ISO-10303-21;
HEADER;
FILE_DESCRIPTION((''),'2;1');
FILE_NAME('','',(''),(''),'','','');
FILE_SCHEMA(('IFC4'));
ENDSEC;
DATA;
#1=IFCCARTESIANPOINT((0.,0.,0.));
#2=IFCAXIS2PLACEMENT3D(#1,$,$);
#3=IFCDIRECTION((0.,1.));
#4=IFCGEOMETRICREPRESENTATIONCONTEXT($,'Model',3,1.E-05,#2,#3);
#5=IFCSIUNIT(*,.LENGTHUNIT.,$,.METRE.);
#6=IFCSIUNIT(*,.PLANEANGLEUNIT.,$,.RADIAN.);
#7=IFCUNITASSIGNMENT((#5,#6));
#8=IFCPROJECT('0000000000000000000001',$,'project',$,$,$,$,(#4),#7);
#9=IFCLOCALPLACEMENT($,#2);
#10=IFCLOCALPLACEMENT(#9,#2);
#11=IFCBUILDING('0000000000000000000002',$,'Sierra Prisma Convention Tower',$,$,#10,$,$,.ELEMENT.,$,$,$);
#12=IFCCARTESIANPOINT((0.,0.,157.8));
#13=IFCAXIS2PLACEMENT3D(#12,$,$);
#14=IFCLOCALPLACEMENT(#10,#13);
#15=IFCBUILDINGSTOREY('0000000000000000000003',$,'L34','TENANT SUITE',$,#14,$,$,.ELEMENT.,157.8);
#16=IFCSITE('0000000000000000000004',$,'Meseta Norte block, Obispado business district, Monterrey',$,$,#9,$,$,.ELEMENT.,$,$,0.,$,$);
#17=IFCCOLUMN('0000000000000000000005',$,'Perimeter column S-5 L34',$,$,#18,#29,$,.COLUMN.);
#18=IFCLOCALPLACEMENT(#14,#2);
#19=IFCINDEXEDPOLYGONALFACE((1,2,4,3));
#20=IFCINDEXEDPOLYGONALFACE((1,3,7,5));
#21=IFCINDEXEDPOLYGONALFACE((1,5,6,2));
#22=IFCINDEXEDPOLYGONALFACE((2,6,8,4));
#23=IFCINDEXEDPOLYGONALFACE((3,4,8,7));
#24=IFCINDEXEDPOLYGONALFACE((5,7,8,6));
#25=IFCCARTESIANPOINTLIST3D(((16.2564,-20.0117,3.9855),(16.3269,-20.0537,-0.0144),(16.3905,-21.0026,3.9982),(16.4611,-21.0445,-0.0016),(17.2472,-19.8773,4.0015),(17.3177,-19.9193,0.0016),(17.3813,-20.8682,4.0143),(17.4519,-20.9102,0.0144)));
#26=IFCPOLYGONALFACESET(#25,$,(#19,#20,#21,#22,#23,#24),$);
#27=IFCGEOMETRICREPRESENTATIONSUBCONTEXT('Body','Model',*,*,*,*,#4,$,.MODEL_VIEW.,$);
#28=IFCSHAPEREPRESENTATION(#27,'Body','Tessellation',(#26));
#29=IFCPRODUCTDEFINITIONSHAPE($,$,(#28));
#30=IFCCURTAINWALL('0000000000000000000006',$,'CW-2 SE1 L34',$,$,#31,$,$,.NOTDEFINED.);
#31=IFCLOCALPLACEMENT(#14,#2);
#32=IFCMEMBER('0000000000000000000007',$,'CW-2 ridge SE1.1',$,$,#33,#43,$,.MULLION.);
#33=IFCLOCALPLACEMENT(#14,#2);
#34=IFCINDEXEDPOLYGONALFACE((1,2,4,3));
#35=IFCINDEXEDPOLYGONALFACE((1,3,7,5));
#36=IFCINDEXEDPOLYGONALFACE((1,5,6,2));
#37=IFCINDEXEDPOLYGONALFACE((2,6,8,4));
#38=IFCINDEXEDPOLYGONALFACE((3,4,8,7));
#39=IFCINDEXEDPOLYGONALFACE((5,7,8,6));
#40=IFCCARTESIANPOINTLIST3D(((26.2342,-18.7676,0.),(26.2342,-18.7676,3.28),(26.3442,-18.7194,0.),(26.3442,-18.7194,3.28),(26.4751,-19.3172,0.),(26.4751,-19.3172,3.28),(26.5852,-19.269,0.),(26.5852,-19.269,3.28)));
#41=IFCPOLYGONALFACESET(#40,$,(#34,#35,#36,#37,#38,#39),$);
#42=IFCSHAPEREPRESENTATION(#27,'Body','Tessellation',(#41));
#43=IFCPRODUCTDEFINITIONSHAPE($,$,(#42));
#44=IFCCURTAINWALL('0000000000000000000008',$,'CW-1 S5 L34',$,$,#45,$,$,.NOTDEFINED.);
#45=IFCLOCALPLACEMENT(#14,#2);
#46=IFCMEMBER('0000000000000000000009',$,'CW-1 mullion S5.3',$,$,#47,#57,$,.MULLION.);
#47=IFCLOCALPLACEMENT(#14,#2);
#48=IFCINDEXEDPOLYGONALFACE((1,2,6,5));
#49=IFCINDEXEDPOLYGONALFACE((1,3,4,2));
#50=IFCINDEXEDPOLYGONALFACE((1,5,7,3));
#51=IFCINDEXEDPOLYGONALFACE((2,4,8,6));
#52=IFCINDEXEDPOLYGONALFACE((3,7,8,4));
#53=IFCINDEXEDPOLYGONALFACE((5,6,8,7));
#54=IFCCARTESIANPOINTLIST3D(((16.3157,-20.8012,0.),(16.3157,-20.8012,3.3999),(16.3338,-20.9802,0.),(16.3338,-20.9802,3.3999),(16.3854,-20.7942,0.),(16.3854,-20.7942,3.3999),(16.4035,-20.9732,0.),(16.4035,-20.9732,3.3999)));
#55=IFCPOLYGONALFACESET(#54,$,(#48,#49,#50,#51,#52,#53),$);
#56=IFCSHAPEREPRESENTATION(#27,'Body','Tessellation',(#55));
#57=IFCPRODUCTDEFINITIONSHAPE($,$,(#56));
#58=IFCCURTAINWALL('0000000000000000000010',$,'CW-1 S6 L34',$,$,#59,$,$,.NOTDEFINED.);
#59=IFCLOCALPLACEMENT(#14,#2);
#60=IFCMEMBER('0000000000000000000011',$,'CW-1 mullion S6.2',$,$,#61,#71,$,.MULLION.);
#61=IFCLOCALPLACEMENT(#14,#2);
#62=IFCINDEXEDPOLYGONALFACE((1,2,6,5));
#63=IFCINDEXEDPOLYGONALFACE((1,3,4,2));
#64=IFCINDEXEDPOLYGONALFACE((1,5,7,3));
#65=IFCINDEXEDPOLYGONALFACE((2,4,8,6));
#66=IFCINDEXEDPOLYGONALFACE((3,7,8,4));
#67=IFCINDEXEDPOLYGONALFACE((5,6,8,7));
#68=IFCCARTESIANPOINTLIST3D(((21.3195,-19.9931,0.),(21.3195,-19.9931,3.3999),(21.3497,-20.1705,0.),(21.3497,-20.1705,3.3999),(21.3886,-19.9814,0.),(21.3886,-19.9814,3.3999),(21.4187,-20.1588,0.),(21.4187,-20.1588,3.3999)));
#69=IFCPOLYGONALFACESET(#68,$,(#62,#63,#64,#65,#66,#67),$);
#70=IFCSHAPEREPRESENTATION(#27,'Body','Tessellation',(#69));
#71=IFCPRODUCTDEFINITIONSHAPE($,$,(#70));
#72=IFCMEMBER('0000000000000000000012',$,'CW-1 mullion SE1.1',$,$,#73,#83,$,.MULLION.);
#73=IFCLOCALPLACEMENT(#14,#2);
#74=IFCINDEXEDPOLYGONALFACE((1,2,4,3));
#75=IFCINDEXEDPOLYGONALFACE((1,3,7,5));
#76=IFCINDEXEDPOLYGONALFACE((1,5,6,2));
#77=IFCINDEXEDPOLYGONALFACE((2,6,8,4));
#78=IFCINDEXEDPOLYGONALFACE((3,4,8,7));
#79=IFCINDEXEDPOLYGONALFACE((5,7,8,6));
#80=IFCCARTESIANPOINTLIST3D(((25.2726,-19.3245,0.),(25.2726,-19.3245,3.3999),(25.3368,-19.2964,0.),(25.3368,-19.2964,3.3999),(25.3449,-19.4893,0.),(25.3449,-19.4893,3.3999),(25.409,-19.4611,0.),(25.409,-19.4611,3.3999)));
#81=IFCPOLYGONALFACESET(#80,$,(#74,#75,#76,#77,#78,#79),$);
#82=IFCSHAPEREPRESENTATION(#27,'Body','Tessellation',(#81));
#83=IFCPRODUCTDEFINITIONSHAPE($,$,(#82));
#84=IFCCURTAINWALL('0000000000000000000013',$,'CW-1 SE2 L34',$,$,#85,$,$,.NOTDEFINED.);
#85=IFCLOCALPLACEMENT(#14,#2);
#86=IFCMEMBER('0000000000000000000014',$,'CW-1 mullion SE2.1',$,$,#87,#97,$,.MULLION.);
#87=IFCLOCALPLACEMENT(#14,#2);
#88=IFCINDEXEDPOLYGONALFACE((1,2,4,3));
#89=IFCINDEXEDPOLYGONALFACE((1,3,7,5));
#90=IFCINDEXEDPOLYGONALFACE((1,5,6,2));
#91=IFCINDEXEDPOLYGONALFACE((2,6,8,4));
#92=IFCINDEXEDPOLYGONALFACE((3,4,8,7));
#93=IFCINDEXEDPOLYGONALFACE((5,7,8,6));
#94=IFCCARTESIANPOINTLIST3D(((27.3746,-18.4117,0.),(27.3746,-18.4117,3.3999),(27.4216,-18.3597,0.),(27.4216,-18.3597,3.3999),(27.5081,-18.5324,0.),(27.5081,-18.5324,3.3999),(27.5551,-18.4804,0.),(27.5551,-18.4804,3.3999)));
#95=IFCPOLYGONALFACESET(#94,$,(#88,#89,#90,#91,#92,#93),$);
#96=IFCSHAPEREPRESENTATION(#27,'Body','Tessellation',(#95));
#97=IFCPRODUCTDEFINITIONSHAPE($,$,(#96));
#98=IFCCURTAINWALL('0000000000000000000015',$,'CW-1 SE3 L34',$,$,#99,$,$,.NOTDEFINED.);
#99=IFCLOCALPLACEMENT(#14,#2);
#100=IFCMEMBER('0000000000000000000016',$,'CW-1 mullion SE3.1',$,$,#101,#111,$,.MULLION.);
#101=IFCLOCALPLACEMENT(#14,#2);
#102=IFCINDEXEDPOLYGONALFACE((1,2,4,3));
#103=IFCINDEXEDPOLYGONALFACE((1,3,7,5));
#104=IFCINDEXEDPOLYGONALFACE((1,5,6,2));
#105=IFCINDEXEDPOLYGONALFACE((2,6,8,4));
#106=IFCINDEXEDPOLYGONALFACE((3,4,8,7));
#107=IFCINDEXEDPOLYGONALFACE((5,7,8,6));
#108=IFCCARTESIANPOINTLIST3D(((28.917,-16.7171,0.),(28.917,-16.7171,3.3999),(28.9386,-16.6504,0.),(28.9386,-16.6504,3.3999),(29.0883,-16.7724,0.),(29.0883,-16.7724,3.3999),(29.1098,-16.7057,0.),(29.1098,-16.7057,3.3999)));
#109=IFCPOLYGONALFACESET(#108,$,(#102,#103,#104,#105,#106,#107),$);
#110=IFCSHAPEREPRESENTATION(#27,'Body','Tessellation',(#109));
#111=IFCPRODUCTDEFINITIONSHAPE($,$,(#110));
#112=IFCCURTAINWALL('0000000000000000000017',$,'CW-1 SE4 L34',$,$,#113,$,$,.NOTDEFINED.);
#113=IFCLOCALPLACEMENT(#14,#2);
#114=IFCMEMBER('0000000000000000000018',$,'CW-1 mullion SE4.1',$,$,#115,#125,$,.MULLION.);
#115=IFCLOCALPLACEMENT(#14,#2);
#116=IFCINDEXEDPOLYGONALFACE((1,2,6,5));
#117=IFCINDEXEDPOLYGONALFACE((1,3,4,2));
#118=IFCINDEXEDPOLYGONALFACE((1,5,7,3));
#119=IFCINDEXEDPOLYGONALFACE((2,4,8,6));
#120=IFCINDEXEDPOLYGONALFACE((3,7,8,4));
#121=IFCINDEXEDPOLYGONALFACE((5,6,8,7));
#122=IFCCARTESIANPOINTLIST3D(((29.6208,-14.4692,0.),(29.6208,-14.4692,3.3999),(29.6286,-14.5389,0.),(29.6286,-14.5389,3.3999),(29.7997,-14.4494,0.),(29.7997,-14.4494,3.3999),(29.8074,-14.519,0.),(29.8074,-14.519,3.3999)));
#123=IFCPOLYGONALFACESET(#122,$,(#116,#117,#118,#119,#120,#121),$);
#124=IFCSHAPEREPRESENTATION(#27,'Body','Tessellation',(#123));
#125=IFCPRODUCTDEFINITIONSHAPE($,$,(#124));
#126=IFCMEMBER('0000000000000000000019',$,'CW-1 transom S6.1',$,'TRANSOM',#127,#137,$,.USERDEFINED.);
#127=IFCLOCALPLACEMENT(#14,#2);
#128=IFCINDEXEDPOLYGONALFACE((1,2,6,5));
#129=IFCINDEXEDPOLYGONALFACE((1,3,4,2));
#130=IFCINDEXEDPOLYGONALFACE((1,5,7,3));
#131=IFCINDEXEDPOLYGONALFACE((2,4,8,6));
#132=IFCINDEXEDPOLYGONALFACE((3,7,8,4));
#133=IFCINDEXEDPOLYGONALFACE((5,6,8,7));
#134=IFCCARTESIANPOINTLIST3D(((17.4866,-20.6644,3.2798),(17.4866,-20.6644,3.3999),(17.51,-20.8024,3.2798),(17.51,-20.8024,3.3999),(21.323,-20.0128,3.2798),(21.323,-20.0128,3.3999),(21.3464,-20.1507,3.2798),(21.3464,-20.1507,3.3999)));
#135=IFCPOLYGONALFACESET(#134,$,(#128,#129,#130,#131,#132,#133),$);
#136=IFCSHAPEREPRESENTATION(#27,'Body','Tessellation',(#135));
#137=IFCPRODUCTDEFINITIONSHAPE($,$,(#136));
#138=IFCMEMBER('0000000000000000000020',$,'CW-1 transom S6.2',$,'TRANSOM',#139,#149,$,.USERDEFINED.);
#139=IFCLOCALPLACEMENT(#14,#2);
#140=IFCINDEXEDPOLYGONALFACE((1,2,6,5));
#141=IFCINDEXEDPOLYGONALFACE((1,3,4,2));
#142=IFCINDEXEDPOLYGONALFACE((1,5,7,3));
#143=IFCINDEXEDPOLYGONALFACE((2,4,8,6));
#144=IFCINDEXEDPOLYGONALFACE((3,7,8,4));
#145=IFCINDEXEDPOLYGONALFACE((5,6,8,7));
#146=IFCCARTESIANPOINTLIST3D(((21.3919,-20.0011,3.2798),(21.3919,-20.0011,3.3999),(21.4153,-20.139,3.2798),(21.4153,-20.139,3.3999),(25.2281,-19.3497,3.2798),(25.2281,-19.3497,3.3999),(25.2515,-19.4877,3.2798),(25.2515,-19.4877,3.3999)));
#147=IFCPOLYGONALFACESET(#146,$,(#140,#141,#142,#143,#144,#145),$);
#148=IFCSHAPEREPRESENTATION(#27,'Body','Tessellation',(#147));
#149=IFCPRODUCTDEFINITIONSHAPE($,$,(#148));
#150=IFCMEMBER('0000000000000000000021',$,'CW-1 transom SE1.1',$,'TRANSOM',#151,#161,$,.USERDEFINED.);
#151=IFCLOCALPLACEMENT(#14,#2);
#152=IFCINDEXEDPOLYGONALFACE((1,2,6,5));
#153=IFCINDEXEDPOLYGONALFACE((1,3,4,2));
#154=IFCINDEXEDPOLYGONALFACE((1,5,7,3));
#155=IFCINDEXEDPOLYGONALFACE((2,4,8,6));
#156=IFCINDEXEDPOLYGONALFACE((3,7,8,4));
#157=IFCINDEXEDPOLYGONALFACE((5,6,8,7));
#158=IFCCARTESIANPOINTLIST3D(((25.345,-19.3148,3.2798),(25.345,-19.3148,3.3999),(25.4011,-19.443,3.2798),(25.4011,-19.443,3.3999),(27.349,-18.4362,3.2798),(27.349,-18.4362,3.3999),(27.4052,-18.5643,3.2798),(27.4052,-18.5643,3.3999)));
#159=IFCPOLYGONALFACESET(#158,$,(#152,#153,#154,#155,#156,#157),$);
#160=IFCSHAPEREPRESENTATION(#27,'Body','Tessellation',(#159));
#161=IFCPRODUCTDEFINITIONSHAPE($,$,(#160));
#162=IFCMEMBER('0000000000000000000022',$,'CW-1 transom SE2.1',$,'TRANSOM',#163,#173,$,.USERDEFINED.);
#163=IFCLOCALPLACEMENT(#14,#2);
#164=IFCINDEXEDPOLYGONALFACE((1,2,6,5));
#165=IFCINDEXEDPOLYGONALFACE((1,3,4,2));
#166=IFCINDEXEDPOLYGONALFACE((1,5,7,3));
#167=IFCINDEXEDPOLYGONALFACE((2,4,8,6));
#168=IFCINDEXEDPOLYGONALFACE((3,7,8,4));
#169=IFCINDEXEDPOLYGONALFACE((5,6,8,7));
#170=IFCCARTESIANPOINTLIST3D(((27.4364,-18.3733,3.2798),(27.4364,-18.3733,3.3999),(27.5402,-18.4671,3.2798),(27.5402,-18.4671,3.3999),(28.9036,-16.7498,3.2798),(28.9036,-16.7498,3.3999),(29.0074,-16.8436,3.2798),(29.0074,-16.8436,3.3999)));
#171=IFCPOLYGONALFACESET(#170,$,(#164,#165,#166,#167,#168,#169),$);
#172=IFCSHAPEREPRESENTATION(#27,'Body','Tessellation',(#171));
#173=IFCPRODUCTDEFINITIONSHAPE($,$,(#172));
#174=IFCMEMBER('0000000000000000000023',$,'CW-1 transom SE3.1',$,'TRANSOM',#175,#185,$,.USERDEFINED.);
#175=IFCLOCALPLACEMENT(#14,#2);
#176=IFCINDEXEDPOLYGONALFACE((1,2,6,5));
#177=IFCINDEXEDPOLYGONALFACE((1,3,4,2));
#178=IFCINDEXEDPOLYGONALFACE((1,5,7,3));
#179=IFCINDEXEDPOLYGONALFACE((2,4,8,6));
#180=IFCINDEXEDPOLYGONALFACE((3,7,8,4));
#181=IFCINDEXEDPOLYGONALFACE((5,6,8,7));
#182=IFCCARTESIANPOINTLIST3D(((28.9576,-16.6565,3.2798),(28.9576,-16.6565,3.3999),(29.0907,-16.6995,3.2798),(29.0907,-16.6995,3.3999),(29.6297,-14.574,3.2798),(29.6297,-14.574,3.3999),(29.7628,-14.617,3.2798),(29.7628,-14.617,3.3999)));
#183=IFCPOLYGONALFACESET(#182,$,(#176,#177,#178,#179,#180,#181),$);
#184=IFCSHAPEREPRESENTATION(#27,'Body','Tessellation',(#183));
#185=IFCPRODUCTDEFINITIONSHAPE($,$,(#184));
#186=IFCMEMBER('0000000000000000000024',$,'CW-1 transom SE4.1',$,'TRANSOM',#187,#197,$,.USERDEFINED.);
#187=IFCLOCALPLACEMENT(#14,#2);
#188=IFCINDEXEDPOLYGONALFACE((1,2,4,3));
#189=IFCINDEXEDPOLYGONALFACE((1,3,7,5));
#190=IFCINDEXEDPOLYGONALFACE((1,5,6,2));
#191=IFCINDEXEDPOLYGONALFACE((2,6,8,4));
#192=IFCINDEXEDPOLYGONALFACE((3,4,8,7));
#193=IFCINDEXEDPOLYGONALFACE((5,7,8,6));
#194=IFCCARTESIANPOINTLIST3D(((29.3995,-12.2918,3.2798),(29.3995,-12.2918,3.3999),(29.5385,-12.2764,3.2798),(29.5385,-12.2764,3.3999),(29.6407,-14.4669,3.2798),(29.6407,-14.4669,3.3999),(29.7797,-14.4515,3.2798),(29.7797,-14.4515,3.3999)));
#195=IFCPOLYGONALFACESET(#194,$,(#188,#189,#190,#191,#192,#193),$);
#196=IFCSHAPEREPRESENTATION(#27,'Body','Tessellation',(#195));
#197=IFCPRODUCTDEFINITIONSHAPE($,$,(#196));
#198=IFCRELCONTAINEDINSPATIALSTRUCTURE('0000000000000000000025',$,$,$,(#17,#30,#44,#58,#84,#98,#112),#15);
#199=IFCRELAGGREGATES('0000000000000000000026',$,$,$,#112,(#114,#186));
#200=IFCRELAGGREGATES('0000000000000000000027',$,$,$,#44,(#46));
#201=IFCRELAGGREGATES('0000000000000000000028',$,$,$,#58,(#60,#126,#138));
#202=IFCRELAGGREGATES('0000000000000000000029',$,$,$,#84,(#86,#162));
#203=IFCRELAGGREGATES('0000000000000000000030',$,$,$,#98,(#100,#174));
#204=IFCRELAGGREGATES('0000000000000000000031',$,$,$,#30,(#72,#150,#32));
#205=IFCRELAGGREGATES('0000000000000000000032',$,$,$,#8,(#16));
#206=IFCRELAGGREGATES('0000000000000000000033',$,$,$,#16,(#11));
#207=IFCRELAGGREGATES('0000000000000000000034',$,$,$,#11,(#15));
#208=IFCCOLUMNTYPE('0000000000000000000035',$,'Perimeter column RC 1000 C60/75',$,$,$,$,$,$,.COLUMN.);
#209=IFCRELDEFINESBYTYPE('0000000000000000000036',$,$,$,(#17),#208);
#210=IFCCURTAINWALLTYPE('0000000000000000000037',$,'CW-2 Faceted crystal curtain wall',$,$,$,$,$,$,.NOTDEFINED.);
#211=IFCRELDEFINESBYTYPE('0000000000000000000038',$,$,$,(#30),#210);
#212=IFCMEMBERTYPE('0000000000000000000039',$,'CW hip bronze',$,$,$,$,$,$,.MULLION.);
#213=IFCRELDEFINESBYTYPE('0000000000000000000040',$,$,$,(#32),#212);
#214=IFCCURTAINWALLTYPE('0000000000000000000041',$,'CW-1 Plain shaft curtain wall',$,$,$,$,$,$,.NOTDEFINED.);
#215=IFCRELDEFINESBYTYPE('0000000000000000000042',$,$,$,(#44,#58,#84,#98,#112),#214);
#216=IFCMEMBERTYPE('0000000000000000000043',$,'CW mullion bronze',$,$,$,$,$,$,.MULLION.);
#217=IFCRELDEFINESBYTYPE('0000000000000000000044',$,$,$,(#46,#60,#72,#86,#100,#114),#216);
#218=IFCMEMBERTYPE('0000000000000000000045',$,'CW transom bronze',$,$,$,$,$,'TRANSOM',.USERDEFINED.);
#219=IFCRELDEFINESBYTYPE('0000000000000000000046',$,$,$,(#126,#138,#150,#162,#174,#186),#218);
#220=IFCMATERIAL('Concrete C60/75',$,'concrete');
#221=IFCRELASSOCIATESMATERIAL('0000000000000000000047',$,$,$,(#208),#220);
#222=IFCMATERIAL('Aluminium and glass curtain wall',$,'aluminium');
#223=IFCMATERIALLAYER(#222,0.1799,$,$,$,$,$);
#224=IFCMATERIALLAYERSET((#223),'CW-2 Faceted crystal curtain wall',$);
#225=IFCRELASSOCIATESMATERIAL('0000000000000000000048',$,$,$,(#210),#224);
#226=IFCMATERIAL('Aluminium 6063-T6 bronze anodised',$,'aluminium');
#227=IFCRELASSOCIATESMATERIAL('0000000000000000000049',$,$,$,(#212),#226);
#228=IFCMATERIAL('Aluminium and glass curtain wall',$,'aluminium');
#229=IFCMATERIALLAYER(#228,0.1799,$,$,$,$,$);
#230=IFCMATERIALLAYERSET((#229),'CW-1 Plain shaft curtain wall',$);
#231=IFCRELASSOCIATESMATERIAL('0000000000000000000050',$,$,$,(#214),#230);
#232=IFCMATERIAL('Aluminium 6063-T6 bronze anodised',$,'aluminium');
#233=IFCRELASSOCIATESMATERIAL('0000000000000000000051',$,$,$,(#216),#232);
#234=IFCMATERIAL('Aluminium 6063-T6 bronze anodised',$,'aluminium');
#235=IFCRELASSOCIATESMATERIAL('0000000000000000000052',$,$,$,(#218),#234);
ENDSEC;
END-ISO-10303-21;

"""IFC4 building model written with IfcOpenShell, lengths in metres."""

from ifc_helpers import new_model, si_unit, direction, frame, origin, origin_2d, place, context, subcontext, project, spatial, rectangle, extrude, material, layer, layer_set, material_profile, profile_set, type_object, element, aggregate, save


model = new_model("IFC4")

# Units and contexts
model_context = context("Model", 3, precision=1e-05, world=origin(), true_north=direction((0.0, 1.0)))
body_context = subcontext(model_context, "Body", "Model", "MODEL_VIEW")
ifc_project = project(units=[si_unit("LENGTHUNIT", "METRE"), si_unit("PLANEANGLEUNIT", "RADIAN")], contexts=[model_context])

# Site, building, storey
site_placement = place(None, origin())
site = spatial("IfcSite", under=ifc_project, at=site_placement, Name="Meseta Norte block, Obispado business district, Monterrey", CompositionType="ELEMENT", RefElevation=0.0)
building_placement = place(site_placement, origin())
building = spatial("IfcBuilding", under=site, at=building_placement, Name="Sierra Prisma Convention Tower", CompositionType="ELEMENT")
storey_placement = place(building_placement, frame((0.0, 0.0, 157.8)))
storey = spatial("IfcBuildingStorey", under=building, at=storey_placement, Name="L34", Description="TENANT SUITE", CompositionType="ELEMENT", Elevation=157.8)

# Column
ifc_material_1 = material(Name="Concrete C60/75", Category="concrete")
ifc_material_profile_1 = material_profile(ifc_material_1, rectangle(XDim=1.0, YDim=1.0, at=origin_2d()), Name="Perimeter column RC 1000 C60/75")
ifc_profile_set_1 = profile_set([ifc_material_profile_1], Name="Concrete C60/75")
column_type = type_object("IfcColumnType", Name="Perimeter column RC 1000 C60/75", PredefinedType="COLUMN", material=ifc_profile_set_1)
column_placement = place(storey_placement, frame((16.8894, -20.4819, 0.0), z_axis=(-0.017635, 0.010496, 0.999789), x_axis=(0.990805, 0.134339, 0.016067)))
element("IfcColumn", 1, at=column_placement, inside=storey, type_object=column_type, Name="Perimeter column S-5 L34", PredefinedType="COLUMN", context=body_context, shape_type="SweptSolid", body=[
    extrude(rectangle(XDim=1.0, YDim=1.0, at=origin_2d()), origin(), (0.0, 0.0, 1.0), 4.0007),
])

# Curtain walls, members
ifc_material_2 = material(Name="Aluminium and glass curtain wall", Category="aluminium")
ifc_layer_1 = layer(ifc_material_2, 0.1799)
ifc_layer_set_1 = layer_set([ifc_layer_1], Name="CW-2 Faceted crystal curtain wall")
curtain_wall_type_1 = type_object("IfcCurtainWallType", Name="CW-2 Faceted crystal curtain wall", PredefinedType="NOTDEFINED", material=ifc_layer_set_1)
curtain_wall_1_placement = place(storey_placement, origin())
curtain_wall_1 = element("IfcCurtainWall", 2, at=curtain_wall_1_placement, inside=storey, type_object=curtain_wall_type_1, Name="CW-2 SE1 L34", PredefinedType="NOTDEFINED")
ifc_material_3 = material(Name="Aluminium 6063-T6 bronze anodised", Category="aluminium")
ifc_material_profile_2 = material_profile(ifc_material_3, rectangle(XDim=0.1201, YDim=0.6001, at=origin_2d()), Name="ALU RIDGE BLADE 120x600")
ifc_profile_set_2 = profile_set([ifc_material_profile_2], Name="Aluminium 6063-T6 bronze anodised")
member_type_1 = type_object("IfcMemberType", Name="CW hip bronze", PredefinedType="MULLION", material=ifc_profile_set_2)
member_1_placement = place(storey_placement, frame((26.4097, -19.0183, 0.0), z_axis=(0.0, 0.0, 1.0), x_axis=(0.915845, 0.401532, 0.0)))
member_1 = element("IfcMember", 3, at=member_1_placement, type_object=member_type_1, Name="CW-2 ridge SE1.1", PredefinedType="MULLION", context=body_context, shape_type="SweptSolid", body=[
    extrude(rectangle(XDim=0.1201, YDim=0.6001, at=origin_2d()), origin(), (0.0, 0.0, 1.0), 3.28),
])
ifc_material_4 = material(Name="Aluminium and glass curtain wall", Category="aluminium")
ifc_layer_2 = layer(ifc_material_4, 0.1799)
ifc_layer_set_2 = layer_set([ifc_layer_2], Name="CW-1 Plain shaft curtain wall")
curtain_wall_type_2 = type_object("IfcCurtainWallType", Name="CW-1 Plain shaft curtain wall", PredefinedType="NOTDEFINED", material=ifc_layer_set_2)
curtain_wall_2_placement = place(storey_placement, origin())
curtain_wall_2 = element("IfcCurtainWall", 4, at=curtain_wall_2_placement, inside=storey, type_object=curtain_wall_type_2, Name="CW-1 S5 L34", PredefinedType="NOTDEFINED")
ifc_material_5 = material(Name="Aluminium 6063-T6 bronze anodised", Category="aluminium")
ifc_material_profile_3 = material_profile(ifc_material_5, rectangle(XDim=0.1799, YDim=0.0701, at=origin_2d()), Name="ALU MULLION 70x180")
ifc_profile_set_3 = profile_set([ifc_material_profile_3], Name="Aluminium 6063-T6 bronze anodised")
member_type_2 = type_object("IfcMemberType", Name="CW mullion bronze", PredefinedType="MULLION", material=ifc_profile_set_3)
member_2_placement = place(storey_placement, frame((16.3596, -20.8872, 0.0), z_axis=(0.0, 0.0, 1.0), x_axis=(-0.100755, 0.994911, 0.0)))
member_2 = element("IfcMember", 5, at=member_2_placement, type_object=member_type_2, Name="CW-1 mullion S5.3", PredefinedType="MULLION", context=body_context, shape_type="SweptSolid", body=[
    extrude(rectangle(XDim=0.1799, YDim=0.0701, at=origin_2d()), origin(), (0.0, 0.0, 1.0), 3.3999),
])
curtain_wall_3_placement = place(storey_placement, origin())
curtain_wall_3 = element("IfcCurtainWall", 6, at=curtain_wall_3_placement, inside=storey, type_object=curtain_wall_type_2, Name="CW-1 S6 L34", PredefinedType="NOTDEFINED")
member_3_placement = place(storey_placement, frame((21.3691, -20.0759, 0.0), z_axis=(0.0, 0.0, 1.0), x_axis=(-0.167418, 0.985886, 0.0)))
member_3 = element("IfcMember", 7, at=member_3_placement, type_object=member_type_2, Name="CW-1 mullion S6.2", PredefinedType="MULLION", context=body_context, shape_type="SweptSolid", body=[
    extrude(rectangle(XDim=0.1799, YDim=0.0701, at=origin_2d()), origin(), (0.0, 0.0, 1.0), 3.3999),
])

# Member
member_4_placement = place(storey_placement, frame((25.3408, -19.3928, 0.0), z_axis=(0.0, 0.0, 1.0), x_axis=(-0.401532, 0.915845, 0.0)))
member_4 = element("IfcMember", 8, at=member_4_placement, type_object=member_type_2, Name="CW-1 mullion SE1.1", PredefinedType="MULLION", context=body_context, shape_type="SweptSolid", body=[
    extrude(rectangle(XDim=0.1799, YDim=0.0701, at=origin_2d()), origin(), (0.0, 0.0, 1.0), 3.3999),
])

# Curtain walls, members
curtain_wall_4_placement = place(storey_placement, origin())
curtain_wall_4 = element("IfcCurtainWall", 9, at=curtain_wall_4_placement, inside=storey, type_object=curtain_wall_type_2, Name="CW-1 SE2 L34", PredefinedType="NOTDEFINED")
member_5_placement = place(storey_placement, frame((27.4648, -18.446, 0.0), z_axis=(0.0, 0.0, 1.0), x_axis=(-0.741874, 0.670539, 0.0)))
member_5 = element("IfcMember", 10, at=member_5_placement, type_object=member_type_2, Name="CW-1 mullion SE2.1", PredefinedType="MULLION", context=body_context, shape_type="SweptSolid", body=[
    extrude(rectangle(XDim=0.1799, YDim=0.0701, at=origin_2d()), origin(), (0.0, 0.0, 1.0), 3.3999),
])
curtain_wall_5_placement = place(storey_placement, origin())
curtain_wall_5 = element("IfcCurtainWall", 11, at=curtain_wall_5_placement, inside=storey, type_object=curtain_wall_type_2, Name="CW-1 SE3 L34", PredefinedType="NOTDEFINED")
member_6_placement = place(storey_placement, frame((29.0134, -16.7114, 0.0), z_axis=(0.0, 0.0, 1.0), x_axis=(-0.951641, 0.307213, 0.0)))
member_6 = element("IfcMember", 12, at=member_6_placement, type_object=member_type_2, Name="CW-1 mullion SE3.1", PredefinedType="MULLION", context=body_context, shape_type="SweptSolid", body=[
    extrude(rectangle(XDim=0.1799, YDim=0.0701, at=origin_2d()), origin(), (0.0, 0.0, 1.0), 3.3999),
])
curtain_wall_6_placement = place(storey_placement, origin())
curtain_wall_6 = element("IfcCurtainWall", 13, at=curtain_wall_6_placement, inside=storey, type_object=curtain_wall_type_2, Name="CW-1 SE4 L34", PredefinedType="NOTDEFINED")
member_7_placement = place(storey_placement, frame((29.7141, -14.4941, 0.0), z_axis=(0.0, 0.0, 1.0), x_axis=(-0.993911, -0.110186, 0.0)))
member_7 = element("IfcMember", 14, at=member_7_placement, type_object=member_type_2, Name="CW-1 mullion SE4.1", PredefinedType="MULLION", context=body_context, shape_type="SweptSolid", body=[
    extrude(rectangle(XDim=0.1799, YDim=0.0701, at=origin_2d()), origin(), (0.0, 0.0, 1.0), 3.3999),
])

# Members
ifc_material_6 = material(Name="Aluminium 6063-T6 bronze anodised", Category="aluminium")
ifc_material_profile_4 = material_profile(ifc_material_6, rectangle(XDim=0.1399, YDim=0.1201, at=origin_2d()), Name="ALU TRANSOM 120x140")
ifc_profile_set_4 = profile_set([ifc_material_profile_4], Name="Aluminium 6063-T6 bronze anodised")
member_type_3 = type_object("IfcMemberType", Name="CW transom bronze", ElementType="TRANSOM", PredefinedType="USERDEFINED", material=ifc_profile_set_4)
member_8_placement = place(storey_placement, frame((17.4983, -20.7334, 3.3398), z_axis=(0.985881, 0.16745, 0.0), x_axis=(-0.16745, 0.985881, 0.0)))
member_8 = element("IfcMember", 15, at=member_8_placement, type_object=member_type_3, Name="CW-1 transom S6.1", ObjectType="TRANSOM", PredefinedType="USERDEFINED", context=body_context, shape_type="SweptSolid", body=[
    extrude(rectangle(XDim=0.1399, YDim=0.1201, at=origin_2d()), origin(), (0.0, 0.0, 1.0), 3.8914),
])
member_9_placement = place(storey_placement, frame((21.4036, -20.0701, 3.3398), z_axis=(0.985889, 0.1674, 0.0), x_axis=(-0.1674, 0.985889, 0.0)))
member_9 = element("IfcMember", 16, at=member_9_placement, type_object=member_type_3, Name="CW-1 transom S6.2", ObjectType="TRANSOM", PredefinedType="USERDEFINED", context=body_context, shape_type="SweptSolid", body=[
    extrude(rectangle(XDim=0.1399, YDim=0.1201, at=origin_2d()), origin(), (0.0, 0.0, 1.0), 3.8911),
])
member_10_placement = place(storey_placement, frame((25.373, -19.3789, 3.3398), z_axis=(0.915847, 0.401527, 0.0), x_axis=(-0.401527, 0.915847, 0.0)))
member_10 = element("IfcMember", 17, at=member_10_placement, type_object=member_type_3, Name="CW-1 transom SE1.1", ObjectType="TRANSOM", PredefinedType="USERDEFINED", context=body_context, shape_type="SweptSolid", body=[
    extrude(rectangle(XDim=0.1399, YDim=0.1201, at=origin_2d()), origin(), (0.0, 0.0, 1.0), 2.1882),
])
member_11_placement = place(storey_placement, frame((27.4883, -18.4202, 3.3398), z_axis=(0.670504, 0.741906, 0.0), x_axis=(-0.741906, 0.670504, 0.0)))
member_11 = element("IfcMember", 18, at=member_11_placement, type_object=member_type_3, Name="CW-1 transom SE2.1", ObjectType="TRANSOM", PredefinedType="USERDEFINED", context=body_context, shape_type="SweptSolid", body=[
    extrude(rectangle(XDim=0.1399, YDim=0.1201, at=origin_2d()), origin(), (0.0, 0.0, 1.0), 2.1882),
])
member_12_placement = place(storey_placement, frame((29.0242, -16.678, 3.3398), z_axis=(0.307143, 0.951663, 0.0), x_axis=(-0.951663, 0.307143, 0.0)))
member_12 = element("IfcMember", 19, at=member_12_placement, type_object=member_type_3, Name="CW-1 transom SE3.1", ObjectType="TRANSOM", PredefinedType="USERDEFINED", context=body_context, shape_type="SweptSolid", body=[
    extrude(rectangle(XDim=0.1399, YDim=0.1201, at=origin_2d()), origin(), (0.0, 0.0, 1.0), 2.1882),
])
member_13_placement = place(storey_placement, frame((29.7102, -14.4592, 3.3398), z_axis=(-0.110223, 0.993907, 0.0), x_axis=(-0.993907, -0.110223, 0.0)))
member_13 = element("IfcMember", 20, at=member_13_placement, type_object=member_type_3, Name="CW-1 transom SE4.1", ObjectType="TRANSOM", PredefinedType="USERDEFINED", context=body_context, shape_type="SweptSolid", body=[
    extrude(rectangle(XDim=0.1399, YDim=0.1201, at=origin_2d()), origin(), (0.0, 0.0, 1.0), 2.1885),
])
aggregate(curtain_wall_6, [member_7, member_13])

aggregate(curtain_wall_2, [member_2])
aggregate(curtain_wall_3, [member_3, member_8, member_9])
aggregate(curtain_wall_4, [member_5, member_11])
aggregate(curtain_wall_5, [member_6, member_12])
aggregate(curtain_wall_1, [member_4, member_10, member_1])

save(model, "model.ifc")
